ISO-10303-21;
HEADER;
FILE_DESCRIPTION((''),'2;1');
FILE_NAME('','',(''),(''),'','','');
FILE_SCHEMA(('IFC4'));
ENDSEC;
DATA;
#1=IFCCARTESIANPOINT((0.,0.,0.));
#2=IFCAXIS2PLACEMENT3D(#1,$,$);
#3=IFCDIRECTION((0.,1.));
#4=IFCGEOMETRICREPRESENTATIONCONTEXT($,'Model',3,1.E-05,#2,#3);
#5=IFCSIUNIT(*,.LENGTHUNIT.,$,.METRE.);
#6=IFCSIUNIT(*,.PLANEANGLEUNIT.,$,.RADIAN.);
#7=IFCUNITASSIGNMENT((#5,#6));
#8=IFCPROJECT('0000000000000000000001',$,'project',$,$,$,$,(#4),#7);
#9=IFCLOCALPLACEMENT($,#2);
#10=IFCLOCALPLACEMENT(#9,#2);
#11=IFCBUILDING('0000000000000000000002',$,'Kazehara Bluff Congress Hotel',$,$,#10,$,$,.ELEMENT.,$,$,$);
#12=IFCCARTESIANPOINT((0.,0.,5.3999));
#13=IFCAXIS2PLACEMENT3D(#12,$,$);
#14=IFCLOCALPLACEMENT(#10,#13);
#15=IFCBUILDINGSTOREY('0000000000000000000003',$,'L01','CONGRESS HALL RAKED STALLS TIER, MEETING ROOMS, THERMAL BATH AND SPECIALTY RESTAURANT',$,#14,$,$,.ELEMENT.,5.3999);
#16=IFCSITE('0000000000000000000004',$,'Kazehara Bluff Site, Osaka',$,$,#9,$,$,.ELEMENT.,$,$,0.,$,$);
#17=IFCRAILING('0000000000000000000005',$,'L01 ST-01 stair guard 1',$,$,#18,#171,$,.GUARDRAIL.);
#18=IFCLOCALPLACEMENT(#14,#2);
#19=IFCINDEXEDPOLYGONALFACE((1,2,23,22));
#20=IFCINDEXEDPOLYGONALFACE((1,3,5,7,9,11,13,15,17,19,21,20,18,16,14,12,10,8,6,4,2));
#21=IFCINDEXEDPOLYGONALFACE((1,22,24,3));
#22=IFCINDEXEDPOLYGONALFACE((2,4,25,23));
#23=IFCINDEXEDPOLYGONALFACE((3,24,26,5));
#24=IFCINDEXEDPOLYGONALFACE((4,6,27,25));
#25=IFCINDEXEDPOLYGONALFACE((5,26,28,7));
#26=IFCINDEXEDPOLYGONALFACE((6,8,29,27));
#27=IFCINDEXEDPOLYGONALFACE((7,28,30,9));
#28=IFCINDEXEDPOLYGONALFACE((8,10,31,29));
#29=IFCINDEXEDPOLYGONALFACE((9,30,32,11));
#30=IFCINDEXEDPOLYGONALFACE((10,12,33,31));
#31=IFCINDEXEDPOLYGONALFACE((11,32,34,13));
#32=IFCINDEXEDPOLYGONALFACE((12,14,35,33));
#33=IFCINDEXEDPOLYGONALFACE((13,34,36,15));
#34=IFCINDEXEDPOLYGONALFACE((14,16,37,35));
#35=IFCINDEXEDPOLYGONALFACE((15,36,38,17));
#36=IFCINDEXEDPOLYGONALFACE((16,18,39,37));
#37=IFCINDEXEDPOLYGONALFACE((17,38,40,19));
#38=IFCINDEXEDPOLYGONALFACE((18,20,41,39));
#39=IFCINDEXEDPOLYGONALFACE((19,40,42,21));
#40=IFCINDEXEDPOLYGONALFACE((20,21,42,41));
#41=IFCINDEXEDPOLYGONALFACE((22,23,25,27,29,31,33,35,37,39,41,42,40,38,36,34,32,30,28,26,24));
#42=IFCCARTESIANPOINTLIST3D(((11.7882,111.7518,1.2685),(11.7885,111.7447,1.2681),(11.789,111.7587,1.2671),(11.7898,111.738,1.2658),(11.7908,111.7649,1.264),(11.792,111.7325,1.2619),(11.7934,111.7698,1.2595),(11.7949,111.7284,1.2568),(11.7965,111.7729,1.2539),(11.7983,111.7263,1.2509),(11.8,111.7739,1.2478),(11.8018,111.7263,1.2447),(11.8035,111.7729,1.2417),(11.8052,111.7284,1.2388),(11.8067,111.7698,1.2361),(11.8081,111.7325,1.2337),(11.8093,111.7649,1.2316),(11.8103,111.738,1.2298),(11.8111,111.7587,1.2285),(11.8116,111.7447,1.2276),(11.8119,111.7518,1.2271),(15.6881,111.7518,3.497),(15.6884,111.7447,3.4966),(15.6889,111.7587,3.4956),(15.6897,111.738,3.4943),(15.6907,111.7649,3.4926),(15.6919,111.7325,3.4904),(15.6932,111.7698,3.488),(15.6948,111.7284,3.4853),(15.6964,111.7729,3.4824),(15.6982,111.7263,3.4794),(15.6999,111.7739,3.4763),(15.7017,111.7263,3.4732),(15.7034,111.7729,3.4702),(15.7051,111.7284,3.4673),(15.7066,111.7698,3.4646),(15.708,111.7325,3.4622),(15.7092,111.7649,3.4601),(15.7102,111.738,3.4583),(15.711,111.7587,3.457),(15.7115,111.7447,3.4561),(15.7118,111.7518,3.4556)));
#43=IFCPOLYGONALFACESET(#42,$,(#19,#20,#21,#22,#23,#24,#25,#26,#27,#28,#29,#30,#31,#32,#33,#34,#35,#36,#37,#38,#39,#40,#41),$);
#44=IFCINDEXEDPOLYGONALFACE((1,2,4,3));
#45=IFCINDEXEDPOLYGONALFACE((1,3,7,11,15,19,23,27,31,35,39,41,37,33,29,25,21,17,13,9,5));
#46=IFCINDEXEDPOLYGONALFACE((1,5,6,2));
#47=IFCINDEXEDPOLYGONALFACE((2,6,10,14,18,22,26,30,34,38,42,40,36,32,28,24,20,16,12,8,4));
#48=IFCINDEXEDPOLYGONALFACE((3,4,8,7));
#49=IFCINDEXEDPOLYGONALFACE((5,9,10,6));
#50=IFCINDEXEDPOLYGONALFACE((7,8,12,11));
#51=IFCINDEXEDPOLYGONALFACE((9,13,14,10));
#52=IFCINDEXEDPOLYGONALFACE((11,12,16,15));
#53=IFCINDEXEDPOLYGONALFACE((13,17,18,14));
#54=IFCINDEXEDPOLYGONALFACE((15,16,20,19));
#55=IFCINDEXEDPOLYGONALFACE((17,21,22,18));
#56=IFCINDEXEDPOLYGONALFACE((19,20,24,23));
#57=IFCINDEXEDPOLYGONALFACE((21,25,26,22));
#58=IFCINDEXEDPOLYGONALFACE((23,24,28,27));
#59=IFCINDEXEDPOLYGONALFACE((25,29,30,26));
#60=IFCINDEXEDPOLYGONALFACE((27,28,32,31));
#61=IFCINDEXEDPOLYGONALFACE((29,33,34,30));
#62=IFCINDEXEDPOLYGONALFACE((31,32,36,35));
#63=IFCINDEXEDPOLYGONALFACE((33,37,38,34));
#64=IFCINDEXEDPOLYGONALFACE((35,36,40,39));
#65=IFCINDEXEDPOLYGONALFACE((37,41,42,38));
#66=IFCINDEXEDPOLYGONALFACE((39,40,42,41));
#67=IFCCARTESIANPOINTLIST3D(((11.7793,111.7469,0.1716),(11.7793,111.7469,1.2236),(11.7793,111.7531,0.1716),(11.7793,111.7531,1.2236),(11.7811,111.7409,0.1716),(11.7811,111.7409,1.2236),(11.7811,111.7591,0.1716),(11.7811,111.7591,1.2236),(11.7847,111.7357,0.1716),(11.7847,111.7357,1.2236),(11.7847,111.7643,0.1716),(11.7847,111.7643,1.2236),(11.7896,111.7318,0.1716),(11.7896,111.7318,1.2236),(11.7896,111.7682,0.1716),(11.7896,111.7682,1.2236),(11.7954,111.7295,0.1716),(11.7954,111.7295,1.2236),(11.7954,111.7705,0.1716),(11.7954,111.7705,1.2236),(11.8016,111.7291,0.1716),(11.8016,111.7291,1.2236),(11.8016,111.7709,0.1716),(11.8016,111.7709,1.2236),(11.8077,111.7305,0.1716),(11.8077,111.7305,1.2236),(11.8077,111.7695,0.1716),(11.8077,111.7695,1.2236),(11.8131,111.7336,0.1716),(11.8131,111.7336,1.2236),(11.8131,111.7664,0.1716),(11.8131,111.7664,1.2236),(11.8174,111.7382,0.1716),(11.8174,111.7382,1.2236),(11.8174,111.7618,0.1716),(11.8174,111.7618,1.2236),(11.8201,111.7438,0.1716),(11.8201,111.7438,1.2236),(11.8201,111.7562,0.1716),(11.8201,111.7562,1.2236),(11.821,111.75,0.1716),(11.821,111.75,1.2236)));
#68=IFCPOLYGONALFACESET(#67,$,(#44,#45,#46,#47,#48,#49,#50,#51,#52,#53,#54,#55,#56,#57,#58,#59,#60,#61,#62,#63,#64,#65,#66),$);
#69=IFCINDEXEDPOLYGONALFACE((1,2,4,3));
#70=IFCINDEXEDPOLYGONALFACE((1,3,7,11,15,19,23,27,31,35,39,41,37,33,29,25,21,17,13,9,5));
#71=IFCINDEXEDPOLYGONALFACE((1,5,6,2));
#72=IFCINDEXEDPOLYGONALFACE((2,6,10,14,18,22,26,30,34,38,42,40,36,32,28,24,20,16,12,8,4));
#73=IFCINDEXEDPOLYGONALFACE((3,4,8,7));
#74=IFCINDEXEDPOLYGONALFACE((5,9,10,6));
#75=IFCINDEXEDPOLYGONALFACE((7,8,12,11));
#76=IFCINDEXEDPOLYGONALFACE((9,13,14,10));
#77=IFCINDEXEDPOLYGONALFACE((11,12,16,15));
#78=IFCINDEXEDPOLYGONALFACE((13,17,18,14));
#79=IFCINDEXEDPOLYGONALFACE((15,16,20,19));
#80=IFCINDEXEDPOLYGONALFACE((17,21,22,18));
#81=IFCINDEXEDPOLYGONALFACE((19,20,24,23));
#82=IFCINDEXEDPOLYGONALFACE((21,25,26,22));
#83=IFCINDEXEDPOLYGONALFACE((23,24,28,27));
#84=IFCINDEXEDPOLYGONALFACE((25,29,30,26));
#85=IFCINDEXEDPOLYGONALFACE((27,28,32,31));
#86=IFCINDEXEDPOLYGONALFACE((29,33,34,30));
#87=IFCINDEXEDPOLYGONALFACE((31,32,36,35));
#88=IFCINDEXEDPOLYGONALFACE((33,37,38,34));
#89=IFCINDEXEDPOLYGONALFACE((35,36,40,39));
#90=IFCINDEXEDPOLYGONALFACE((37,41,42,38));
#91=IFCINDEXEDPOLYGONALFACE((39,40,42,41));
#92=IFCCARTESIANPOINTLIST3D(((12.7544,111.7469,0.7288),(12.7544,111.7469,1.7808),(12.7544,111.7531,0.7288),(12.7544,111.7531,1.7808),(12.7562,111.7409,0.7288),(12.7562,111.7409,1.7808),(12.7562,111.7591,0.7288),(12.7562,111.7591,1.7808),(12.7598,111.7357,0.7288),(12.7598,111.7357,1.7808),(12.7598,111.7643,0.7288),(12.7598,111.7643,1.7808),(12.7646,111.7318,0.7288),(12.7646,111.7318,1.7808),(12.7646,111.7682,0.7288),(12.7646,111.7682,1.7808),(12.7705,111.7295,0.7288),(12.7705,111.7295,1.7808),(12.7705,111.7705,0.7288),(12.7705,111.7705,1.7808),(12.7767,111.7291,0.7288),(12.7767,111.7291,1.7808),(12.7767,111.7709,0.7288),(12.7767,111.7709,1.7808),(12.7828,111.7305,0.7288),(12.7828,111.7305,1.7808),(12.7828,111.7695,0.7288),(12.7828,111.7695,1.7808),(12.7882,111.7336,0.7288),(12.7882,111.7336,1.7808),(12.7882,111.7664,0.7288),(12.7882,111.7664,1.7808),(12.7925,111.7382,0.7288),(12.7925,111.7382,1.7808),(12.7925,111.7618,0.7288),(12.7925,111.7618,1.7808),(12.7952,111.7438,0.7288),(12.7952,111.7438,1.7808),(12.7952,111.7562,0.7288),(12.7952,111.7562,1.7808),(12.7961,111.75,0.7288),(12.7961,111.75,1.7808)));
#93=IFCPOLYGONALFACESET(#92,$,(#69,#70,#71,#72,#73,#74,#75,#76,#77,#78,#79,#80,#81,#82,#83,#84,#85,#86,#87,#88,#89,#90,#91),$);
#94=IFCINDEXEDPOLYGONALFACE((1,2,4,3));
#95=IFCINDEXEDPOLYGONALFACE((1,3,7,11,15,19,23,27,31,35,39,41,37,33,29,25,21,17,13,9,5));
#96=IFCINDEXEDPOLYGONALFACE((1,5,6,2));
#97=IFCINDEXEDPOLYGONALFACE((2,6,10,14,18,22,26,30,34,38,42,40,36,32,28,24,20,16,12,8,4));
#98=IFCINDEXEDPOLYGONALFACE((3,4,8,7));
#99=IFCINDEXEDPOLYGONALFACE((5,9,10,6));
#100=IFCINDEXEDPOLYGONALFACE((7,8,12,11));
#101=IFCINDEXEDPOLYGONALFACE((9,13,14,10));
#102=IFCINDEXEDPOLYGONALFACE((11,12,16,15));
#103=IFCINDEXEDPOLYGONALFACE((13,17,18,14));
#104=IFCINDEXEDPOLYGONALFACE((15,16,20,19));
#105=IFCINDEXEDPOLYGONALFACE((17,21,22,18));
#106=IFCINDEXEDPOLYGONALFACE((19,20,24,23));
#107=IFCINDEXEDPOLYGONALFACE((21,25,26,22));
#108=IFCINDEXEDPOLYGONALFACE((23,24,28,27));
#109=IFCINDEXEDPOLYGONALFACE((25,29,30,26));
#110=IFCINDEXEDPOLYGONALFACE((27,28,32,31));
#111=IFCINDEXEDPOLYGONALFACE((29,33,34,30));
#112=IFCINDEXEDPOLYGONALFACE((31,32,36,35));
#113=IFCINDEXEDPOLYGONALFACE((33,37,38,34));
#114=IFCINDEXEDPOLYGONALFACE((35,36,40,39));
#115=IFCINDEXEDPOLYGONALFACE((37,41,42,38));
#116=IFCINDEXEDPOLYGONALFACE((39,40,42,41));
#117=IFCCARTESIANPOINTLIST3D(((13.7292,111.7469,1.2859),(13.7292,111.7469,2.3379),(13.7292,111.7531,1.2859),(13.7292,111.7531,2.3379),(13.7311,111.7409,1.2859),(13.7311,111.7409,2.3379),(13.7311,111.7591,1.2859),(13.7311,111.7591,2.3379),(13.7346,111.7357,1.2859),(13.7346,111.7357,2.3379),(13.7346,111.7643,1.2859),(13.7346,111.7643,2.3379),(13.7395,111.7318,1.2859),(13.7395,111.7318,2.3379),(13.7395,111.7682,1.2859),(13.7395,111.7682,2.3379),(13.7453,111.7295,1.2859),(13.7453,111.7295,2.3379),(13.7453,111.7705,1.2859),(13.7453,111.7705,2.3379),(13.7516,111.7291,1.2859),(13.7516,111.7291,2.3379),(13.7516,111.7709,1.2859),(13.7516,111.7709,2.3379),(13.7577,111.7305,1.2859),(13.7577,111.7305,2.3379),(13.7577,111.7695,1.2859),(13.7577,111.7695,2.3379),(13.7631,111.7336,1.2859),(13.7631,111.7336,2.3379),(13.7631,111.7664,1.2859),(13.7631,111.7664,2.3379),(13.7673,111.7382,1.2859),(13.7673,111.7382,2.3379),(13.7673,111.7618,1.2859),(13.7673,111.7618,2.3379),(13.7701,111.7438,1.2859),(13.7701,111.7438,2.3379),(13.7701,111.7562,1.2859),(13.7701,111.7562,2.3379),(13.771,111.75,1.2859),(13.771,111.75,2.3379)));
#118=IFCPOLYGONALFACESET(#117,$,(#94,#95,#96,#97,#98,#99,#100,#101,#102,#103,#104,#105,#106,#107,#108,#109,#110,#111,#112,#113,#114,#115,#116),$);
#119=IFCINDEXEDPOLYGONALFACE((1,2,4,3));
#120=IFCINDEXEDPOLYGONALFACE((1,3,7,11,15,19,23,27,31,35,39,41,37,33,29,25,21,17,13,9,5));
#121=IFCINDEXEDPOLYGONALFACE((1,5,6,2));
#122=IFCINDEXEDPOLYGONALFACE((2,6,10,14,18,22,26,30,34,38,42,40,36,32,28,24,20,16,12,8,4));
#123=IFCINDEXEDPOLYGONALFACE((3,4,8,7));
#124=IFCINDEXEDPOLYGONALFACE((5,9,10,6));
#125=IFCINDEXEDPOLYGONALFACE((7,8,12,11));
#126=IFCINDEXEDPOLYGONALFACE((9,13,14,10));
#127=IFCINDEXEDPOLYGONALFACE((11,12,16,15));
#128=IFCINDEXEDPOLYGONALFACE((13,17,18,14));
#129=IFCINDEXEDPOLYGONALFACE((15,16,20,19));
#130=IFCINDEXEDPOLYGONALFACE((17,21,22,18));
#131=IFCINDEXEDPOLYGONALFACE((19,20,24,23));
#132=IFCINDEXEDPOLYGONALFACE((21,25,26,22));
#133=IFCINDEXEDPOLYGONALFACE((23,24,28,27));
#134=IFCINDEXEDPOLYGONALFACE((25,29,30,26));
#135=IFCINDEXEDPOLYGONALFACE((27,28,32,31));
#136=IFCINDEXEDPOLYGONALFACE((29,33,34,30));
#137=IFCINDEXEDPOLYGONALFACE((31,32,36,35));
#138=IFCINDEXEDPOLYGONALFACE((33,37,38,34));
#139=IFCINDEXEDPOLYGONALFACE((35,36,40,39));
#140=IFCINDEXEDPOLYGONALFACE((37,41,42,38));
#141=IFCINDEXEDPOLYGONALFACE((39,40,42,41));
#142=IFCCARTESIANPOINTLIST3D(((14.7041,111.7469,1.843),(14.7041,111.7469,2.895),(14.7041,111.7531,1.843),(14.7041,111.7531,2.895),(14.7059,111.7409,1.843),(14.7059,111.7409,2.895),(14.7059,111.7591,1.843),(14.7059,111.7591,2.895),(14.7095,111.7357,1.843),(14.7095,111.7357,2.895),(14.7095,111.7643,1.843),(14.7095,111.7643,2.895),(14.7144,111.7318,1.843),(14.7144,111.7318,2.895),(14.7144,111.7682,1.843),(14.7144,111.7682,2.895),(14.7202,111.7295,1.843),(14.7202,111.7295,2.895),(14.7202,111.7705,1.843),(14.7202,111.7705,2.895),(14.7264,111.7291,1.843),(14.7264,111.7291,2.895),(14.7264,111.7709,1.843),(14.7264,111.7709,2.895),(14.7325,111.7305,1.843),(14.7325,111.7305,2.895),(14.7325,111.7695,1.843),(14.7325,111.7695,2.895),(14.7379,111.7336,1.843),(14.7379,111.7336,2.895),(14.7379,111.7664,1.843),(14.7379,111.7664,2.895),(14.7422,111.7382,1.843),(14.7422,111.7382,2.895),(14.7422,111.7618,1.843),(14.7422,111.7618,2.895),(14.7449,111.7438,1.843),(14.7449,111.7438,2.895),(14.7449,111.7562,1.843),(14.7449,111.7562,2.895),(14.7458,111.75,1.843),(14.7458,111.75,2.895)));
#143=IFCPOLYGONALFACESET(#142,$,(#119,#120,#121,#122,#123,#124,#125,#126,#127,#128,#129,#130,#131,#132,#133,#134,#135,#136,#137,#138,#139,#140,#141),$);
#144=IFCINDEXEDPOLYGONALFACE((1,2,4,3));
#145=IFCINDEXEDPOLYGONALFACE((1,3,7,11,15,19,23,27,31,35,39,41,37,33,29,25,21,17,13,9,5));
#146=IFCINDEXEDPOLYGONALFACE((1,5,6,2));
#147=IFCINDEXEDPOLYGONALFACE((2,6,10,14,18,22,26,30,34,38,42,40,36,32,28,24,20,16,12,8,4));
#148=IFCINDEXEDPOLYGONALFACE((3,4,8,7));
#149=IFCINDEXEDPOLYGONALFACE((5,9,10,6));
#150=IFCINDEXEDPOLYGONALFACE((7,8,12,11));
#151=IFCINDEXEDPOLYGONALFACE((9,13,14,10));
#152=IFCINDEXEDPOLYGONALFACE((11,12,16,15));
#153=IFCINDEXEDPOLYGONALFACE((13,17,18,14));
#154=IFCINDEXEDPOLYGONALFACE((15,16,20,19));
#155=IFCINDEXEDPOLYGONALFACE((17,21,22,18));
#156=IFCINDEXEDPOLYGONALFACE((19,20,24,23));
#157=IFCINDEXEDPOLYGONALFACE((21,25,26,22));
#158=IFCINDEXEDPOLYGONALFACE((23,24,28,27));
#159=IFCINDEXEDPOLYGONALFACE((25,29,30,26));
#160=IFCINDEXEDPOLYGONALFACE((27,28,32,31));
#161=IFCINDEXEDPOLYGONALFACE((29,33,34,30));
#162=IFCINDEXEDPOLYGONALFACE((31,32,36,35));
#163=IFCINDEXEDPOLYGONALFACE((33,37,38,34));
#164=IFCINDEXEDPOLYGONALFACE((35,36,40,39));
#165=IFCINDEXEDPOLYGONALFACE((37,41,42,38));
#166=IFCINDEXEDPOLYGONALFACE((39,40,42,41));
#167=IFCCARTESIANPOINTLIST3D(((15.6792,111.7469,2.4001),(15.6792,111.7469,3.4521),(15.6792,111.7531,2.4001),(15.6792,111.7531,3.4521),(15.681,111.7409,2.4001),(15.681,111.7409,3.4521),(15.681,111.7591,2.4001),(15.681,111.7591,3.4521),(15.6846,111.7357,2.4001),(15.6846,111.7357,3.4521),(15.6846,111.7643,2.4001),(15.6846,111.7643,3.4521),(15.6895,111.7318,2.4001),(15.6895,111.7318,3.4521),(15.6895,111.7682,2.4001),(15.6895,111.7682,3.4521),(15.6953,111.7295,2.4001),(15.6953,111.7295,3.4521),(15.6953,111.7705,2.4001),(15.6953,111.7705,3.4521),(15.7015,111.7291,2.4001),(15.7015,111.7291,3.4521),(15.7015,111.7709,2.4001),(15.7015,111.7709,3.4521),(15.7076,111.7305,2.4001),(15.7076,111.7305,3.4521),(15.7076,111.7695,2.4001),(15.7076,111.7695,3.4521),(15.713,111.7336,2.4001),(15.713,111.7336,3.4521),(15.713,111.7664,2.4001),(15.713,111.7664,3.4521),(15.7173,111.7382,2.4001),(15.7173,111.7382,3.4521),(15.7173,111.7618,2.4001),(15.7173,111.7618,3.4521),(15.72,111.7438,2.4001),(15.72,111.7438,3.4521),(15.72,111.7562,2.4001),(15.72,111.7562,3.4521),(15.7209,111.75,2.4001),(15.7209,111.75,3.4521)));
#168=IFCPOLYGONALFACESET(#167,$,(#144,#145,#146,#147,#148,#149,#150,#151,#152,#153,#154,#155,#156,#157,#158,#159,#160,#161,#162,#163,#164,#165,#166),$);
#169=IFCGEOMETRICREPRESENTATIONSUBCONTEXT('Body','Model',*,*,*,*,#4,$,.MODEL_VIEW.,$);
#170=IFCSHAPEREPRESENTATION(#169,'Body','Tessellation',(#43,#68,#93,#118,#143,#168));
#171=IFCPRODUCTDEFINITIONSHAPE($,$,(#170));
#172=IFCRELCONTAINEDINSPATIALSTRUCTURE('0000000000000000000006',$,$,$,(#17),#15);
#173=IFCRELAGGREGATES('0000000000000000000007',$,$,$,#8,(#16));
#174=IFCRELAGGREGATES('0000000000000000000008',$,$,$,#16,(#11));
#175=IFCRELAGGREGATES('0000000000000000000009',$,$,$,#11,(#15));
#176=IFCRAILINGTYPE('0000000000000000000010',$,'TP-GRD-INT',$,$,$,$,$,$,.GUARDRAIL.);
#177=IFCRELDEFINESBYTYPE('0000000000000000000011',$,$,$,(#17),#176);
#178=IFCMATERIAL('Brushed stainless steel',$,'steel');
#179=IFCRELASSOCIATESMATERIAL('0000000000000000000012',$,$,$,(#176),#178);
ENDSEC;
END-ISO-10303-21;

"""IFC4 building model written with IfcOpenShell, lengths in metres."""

from ifc_helpers import new_model, si_unit, direction, frame, origin, origin_2d, place, context, subcontext, project, spatial, circle, extrude, material, type_object, element, save


model = new_model("IFC4")

# Units and contexts
model_context = context("Model", 3, precision=1e-05, world=origin(), true_north=direction((0.0, 1.0)))
body_context = subcontext(model_context, "Body", "Model", "MODEL_VIEW")
ifc_project = project(units=[si_unit("LENGTHUNIT", "METRE"), si_unit("PLANEANGLEUNIT", "RADIAN")], contexts=[model_context])

# Site, building, storey
site_placement = place(None, origin())
site = spatial("IfcSite", under=ifc_project, at=site_placement, Name="Kazehara Bluff Site, Osaka", CompositionType="ELEMENT", RefElevation=0.0)
building_placement = place(site_placement, origin())
building = spatial("IfcBuilding", under=site, at=building_placement, Name="Kazehara Bluff Congress Hotel", CompositionType="ELEMENT")
storey_placement = place(building_placement, frame((0.0, 0.0, 5.3999)))
storey = spatial("IfcBuildingStorey", under=building, at=storey_placement, Name="L01", Description="CONGRESS HALL RAKED STALLS TIER, MEETING ROOMS, THERMAL BATH AND SPECIALTY RESTAURANT", CompositionType="ELEMENT", Elevation=5.3999)

# Railing
ifc_material_1 = material(Name="Brushed stainless steel", Category="steel")
railing_type_1 = type_object("IfcRailingType", Name="TP-GRD-INT", PredefinedType="GUARDRAIL", material=ifc_material_1)
railing_1_placement = place(storey_placement, frame((11.8, 111.75, 0.1716)))
element("IfcRailing", 1, at=railing_1_placement, inside=storey, type_object=railing_type_1, Name="L01 ST-01 stair guard 1", PredefinedType="GUARDRAIL", context=body_context, shape_type="SweptSolid", body=[
    extrude(circle(Radius=0.0239, at=origin_2d()), frame((0.0, 0.0, 1.0762), z_axis=(0.868243, 0.0, 0.496139), x_axis=(0.0, 1.0, 0.0)), (0.0, 0.0, 1.0), 4.4917),
    extrude(circle(Radius=0.021, at=origin_2d()), origin(), (0.0, 0.0, 1.0), 1.052),
    extrude(circle(Radius=0.021, at=origin_2d()), frame((0.9751, 0.0, 0.5571)), (0.0, 0.0, 1.0), 1.052),
    extrude(circle(Radius=0.021, at=origin_2d()), frame((1.95, 0.0, 1.1143)), (0.0, 0.0, 1.0), 1.052),
    extrude(circle(Radius=0.021, at=origin_2d()), frame((2.9248, 0.0, 1.6714)), (0.0, 0.0, 1.0), 1.052),
    extrude(circle(Radius=0.021, at=origin_2d()), frame((3.8999, 0.0, 2.2285)), (0.0, 0.0, 1.0), 1.052),
])

save(model, "model.ifc")
